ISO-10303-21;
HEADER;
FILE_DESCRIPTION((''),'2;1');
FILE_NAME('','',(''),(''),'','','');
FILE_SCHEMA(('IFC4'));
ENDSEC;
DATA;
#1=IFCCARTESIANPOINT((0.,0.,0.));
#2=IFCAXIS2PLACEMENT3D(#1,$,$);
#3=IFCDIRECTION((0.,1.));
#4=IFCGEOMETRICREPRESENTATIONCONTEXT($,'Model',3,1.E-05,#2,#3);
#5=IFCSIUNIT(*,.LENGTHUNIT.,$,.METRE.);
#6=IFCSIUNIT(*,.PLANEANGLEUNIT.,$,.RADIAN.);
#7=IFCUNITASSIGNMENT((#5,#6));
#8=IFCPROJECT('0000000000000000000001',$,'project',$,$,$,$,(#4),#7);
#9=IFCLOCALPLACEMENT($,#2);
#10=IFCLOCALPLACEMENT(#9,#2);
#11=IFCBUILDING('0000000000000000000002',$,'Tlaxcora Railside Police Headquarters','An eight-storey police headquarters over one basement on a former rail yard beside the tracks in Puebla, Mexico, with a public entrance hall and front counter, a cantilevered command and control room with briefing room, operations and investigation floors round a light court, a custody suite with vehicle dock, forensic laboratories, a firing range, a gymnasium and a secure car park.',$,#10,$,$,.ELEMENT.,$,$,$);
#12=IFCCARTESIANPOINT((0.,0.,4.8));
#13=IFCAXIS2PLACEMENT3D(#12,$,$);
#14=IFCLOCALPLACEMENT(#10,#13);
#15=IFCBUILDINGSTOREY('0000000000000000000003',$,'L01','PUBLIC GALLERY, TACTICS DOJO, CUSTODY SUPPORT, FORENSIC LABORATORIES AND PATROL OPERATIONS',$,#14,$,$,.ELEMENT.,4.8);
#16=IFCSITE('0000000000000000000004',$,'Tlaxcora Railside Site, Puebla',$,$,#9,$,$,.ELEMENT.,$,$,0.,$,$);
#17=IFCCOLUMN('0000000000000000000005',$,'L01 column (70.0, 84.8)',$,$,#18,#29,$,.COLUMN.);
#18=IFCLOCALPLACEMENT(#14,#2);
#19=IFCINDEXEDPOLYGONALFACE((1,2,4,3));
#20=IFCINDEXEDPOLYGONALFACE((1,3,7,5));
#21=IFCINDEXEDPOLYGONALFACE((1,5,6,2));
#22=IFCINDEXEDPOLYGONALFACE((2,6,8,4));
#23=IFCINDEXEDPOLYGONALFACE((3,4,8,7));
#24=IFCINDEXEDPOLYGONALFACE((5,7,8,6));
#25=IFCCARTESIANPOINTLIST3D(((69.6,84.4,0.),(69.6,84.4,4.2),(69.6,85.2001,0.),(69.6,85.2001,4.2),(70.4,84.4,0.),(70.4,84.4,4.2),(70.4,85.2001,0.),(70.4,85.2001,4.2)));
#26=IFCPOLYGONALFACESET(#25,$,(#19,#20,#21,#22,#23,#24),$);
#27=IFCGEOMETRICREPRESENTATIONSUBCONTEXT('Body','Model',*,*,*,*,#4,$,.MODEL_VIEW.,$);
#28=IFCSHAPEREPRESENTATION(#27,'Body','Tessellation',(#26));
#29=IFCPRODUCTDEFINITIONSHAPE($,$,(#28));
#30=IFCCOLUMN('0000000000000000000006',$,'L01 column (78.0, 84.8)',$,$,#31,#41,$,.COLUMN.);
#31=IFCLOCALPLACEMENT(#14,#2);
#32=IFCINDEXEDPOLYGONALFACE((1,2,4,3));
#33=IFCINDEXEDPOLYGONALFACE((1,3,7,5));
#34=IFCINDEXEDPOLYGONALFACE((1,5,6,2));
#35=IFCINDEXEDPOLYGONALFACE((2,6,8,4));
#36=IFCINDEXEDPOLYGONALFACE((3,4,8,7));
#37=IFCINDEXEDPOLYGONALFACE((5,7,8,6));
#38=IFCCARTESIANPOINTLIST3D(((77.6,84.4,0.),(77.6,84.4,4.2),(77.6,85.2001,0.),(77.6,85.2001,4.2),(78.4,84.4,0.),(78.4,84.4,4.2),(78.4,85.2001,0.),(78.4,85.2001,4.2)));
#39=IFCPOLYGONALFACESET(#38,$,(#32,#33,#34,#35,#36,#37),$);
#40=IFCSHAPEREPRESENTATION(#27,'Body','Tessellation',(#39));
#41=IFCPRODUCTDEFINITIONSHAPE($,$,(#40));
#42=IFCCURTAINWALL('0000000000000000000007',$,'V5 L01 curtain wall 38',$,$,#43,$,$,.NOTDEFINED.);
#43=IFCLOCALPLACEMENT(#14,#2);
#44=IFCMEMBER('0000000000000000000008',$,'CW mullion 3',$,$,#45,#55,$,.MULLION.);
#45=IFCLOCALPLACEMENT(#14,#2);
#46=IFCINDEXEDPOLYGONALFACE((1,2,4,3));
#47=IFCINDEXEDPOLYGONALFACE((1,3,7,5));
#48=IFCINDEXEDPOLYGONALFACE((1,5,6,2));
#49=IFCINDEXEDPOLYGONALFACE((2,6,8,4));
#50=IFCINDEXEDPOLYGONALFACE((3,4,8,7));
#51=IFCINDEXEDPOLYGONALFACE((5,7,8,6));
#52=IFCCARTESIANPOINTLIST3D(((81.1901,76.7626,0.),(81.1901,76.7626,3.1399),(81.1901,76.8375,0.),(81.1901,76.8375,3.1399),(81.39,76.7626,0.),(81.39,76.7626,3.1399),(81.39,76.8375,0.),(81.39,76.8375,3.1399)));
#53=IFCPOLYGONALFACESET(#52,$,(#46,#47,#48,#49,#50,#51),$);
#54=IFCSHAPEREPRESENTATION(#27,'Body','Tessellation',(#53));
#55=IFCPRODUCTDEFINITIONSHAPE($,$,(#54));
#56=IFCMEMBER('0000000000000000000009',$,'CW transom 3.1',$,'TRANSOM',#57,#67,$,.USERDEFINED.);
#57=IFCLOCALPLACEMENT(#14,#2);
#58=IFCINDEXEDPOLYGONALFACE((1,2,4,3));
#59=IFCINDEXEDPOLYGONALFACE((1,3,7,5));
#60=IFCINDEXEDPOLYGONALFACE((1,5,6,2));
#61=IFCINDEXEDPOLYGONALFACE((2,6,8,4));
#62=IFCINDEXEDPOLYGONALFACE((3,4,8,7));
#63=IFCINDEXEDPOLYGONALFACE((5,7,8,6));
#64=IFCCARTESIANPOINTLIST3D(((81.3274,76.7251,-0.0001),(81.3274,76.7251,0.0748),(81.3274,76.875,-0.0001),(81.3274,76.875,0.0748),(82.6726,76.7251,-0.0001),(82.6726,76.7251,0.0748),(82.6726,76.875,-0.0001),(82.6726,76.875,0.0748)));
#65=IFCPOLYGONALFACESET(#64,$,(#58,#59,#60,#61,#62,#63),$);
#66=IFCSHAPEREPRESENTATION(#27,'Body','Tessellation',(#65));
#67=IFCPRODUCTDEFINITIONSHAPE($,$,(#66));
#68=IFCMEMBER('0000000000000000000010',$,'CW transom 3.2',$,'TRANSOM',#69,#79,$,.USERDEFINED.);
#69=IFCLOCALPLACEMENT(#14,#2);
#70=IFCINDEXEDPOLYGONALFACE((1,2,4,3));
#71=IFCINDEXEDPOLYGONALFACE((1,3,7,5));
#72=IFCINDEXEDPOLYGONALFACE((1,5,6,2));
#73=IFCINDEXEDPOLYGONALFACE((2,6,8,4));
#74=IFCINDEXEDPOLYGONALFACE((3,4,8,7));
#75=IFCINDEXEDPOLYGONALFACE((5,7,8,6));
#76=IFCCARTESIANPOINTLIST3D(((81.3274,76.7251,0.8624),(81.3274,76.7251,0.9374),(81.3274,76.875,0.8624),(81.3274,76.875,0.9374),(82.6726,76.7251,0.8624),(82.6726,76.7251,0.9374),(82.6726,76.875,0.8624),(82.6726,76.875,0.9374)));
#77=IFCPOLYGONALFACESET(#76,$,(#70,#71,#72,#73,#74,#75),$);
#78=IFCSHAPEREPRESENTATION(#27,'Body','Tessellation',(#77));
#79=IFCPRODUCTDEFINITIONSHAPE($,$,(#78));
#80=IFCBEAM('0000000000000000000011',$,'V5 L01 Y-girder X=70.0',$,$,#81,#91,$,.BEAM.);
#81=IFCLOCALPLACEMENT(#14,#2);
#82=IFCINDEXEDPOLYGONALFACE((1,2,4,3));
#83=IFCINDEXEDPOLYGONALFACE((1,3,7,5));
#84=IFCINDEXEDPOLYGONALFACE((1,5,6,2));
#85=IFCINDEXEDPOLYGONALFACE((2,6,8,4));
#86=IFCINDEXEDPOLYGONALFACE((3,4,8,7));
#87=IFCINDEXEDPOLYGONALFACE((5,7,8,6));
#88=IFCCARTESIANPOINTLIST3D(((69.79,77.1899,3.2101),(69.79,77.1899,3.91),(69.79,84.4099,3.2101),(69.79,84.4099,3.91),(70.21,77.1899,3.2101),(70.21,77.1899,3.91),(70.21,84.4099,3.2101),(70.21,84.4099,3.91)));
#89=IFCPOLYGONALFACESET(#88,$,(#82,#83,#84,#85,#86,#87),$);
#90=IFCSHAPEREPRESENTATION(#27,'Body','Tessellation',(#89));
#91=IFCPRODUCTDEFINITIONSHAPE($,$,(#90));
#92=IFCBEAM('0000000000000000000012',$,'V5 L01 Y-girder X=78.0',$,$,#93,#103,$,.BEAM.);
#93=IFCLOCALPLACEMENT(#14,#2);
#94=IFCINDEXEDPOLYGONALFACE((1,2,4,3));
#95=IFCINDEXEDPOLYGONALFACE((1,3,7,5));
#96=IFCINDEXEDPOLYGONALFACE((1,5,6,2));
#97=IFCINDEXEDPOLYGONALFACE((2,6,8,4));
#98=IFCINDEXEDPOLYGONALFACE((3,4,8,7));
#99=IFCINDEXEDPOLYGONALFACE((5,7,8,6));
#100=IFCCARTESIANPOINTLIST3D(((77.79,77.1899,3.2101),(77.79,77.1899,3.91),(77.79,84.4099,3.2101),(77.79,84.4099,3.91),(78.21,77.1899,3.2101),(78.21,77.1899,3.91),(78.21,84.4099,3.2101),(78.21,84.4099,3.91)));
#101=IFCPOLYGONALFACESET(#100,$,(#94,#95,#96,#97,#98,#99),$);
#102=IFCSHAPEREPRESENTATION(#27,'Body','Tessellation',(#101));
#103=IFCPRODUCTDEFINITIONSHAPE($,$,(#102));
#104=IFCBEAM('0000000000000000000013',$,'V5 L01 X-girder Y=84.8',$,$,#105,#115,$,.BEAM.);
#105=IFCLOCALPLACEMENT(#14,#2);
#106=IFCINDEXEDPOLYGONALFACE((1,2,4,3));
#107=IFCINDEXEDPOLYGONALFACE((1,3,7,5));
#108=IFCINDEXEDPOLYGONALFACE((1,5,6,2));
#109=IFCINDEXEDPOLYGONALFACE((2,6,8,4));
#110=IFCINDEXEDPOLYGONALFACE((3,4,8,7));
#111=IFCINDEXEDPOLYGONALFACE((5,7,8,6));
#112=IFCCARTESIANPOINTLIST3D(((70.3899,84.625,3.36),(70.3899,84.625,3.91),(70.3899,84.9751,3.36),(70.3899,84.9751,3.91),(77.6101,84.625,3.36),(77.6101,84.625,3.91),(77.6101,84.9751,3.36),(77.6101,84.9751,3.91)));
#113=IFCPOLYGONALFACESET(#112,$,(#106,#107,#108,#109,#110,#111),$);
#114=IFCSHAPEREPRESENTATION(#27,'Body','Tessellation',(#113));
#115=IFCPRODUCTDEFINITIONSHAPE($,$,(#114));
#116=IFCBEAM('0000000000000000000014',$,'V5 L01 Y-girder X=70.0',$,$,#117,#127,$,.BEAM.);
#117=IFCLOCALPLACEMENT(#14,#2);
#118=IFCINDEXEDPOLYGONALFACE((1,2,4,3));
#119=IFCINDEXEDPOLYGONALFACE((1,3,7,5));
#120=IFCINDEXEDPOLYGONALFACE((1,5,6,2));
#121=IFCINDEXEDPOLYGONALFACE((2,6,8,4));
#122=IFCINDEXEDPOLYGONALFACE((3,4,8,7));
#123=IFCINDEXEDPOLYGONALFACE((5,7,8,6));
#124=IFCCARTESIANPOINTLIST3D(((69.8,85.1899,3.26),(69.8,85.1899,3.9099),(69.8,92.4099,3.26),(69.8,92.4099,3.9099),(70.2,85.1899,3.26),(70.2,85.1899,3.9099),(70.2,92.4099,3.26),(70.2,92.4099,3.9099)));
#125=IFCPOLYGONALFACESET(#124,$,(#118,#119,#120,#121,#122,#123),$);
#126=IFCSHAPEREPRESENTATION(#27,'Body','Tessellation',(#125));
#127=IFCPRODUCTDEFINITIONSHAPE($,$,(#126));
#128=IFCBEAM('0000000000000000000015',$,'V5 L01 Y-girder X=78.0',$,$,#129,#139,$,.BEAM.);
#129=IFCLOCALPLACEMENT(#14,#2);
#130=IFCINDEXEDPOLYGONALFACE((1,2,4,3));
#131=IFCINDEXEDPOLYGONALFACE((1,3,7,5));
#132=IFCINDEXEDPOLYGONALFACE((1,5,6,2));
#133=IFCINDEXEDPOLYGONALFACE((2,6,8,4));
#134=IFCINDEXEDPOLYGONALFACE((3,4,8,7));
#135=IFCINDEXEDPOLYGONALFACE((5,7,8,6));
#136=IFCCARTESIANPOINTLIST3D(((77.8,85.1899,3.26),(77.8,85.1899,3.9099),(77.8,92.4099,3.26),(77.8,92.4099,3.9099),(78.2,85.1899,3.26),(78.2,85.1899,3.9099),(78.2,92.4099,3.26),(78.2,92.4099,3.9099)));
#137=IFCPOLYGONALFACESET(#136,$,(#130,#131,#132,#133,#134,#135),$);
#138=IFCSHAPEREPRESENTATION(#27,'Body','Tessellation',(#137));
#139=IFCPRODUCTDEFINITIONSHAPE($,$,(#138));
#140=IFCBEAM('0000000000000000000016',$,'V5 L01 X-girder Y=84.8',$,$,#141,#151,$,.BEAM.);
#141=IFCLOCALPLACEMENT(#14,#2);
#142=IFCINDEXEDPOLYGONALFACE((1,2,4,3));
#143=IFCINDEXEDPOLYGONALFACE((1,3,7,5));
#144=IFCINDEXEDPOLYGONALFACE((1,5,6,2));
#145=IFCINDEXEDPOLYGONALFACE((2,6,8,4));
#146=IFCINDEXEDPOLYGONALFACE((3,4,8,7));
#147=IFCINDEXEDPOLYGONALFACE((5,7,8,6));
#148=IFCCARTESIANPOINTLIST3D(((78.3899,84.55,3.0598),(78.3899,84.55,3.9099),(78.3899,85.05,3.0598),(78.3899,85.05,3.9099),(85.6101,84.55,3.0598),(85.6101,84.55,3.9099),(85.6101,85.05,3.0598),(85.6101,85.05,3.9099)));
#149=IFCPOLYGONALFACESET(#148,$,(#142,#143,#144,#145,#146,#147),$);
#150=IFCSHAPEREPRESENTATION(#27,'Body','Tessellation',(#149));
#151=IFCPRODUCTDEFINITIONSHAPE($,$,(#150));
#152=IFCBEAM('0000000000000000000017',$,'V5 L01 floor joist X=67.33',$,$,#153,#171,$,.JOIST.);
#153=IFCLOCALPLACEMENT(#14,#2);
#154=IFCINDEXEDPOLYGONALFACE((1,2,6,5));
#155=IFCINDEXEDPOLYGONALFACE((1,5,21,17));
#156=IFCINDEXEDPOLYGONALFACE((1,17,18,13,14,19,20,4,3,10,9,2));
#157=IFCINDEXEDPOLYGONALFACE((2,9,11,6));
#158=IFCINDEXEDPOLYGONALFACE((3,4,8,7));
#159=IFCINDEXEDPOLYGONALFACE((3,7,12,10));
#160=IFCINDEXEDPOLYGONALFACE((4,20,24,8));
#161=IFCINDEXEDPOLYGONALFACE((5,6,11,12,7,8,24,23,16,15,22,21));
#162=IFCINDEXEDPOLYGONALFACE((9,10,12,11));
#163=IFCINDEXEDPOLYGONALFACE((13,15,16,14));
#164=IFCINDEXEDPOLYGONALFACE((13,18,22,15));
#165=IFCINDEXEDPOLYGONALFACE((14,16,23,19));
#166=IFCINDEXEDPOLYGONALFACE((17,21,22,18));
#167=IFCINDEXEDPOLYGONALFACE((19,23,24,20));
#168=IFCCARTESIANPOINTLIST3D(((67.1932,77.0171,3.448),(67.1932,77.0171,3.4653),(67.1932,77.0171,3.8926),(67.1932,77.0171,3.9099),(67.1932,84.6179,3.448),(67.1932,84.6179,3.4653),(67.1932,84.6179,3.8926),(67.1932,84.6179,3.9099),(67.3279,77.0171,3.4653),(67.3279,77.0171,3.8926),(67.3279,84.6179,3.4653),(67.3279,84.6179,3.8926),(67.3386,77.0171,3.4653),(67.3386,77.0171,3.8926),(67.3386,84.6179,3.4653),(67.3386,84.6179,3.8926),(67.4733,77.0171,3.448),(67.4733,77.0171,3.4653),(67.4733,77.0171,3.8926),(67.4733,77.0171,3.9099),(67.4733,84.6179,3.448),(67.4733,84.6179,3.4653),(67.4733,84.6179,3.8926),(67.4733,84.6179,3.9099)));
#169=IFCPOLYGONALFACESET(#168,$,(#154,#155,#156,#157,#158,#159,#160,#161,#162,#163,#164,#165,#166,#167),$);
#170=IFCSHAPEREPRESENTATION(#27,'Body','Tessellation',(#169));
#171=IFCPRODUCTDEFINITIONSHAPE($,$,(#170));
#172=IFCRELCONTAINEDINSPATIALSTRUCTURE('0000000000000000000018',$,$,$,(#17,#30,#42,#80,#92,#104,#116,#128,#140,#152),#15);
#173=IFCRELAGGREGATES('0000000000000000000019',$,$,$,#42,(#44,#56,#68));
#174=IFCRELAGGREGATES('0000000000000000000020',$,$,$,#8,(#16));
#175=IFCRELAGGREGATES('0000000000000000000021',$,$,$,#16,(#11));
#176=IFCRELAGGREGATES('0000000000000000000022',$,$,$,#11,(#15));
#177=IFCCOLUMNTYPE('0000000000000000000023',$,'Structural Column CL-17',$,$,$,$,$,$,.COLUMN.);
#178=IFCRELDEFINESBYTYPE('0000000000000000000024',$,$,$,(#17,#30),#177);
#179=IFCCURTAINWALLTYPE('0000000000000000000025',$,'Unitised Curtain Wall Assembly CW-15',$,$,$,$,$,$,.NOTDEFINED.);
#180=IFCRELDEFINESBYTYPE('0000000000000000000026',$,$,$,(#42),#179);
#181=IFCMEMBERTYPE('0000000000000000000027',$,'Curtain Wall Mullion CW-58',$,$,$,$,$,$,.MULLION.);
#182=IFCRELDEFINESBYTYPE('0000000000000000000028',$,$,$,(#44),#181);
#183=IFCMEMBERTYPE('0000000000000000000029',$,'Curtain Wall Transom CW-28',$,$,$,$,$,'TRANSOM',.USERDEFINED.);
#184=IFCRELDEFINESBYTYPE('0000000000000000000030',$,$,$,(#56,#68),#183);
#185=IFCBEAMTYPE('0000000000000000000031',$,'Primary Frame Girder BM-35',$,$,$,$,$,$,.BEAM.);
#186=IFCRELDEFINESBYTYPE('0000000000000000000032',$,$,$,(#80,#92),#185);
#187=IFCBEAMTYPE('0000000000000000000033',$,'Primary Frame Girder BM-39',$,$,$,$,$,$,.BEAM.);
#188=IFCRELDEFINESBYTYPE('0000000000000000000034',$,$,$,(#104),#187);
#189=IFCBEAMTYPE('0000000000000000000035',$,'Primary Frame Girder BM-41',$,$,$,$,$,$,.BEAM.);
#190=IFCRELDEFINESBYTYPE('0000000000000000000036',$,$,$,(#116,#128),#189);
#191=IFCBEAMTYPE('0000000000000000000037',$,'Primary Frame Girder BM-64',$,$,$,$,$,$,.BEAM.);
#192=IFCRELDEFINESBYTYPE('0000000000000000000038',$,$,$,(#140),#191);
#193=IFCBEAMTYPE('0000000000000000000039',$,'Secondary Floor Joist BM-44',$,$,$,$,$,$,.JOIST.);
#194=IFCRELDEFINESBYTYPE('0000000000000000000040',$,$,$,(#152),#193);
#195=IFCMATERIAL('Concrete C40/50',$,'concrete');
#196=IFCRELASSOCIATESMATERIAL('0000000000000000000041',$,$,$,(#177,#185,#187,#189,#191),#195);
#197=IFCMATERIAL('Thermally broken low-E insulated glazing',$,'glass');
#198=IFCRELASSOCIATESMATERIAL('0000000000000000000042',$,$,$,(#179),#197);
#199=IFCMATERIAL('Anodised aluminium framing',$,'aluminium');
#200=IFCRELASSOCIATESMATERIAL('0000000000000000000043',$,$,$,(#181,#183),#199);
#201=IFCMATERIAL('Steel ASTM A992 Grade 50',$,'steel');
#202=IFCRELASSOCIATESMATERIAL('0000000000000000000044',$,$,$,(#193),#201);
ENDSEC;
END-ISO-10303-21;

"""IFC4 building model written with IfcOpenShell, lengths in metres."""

from ifc_helpers import new_model, si_unit, direction, frame, origin, origin_2d, place, context, subcontext, project, spatial, rectangle, i_section, extrude, material, material_profile, profile_set, type_object, element, aggregate, save


model = new_model("IFC4")

# Units and contexts
model_context = context("Model", 3, precision=1e-05, world=origin(), true_north=direction((0.0, 1.0)))
body_context = subcontext(model_context, "Body", "Model", "MODEL_VIEW")
ifc_project = project(units=[si_unit("LENGTHUNIT", "METRE"), si_unit("PLANEANGLEUNIT", "RADIAN")], contexts=[model_context])

# Site, building, storey
site_placement = place(None, origin())
site = spatial("IfcSite", under=ifc_project, at=site_placement, Name="Tlaxcora Railside Site, Puebla", CompositionType="ELEMENT", RefElevation=0.0)
building_placement = place(site_placement, origin())
building = spatial("IfcBuilding", under=site, at=building_placement, Name="Tlaxcora Railside Police Headquarters", Description="An eight-storey police headquarters over one basement on a former rail yard beside the tracks in Puebla, Mexico, with a public entrance hall and front counter, a cantilevered command and control room with briefing room, operations and investigation floors round a light court, a custody suite with vehicle dock, forensic laboratories, a firing range, a gymnasium and a secure car park.", CompositionType="ELEMENT")
storey_placement = place(building_placement, frame((0.0, 0.0, 4.8)))
storey = spatial("IfcBuildingStorey", under=building, at=storey_placement, Name="L01", Description="PUBLIC GALLERY, TACTICS DOJO, CUSTODY SUPPORT, FORENSIC LABORATORIES AND PATROL OPERATIONS", CompositionType="ELEMENT", Elevation=4.8)

# Columns
ifc_material_1 = material(Name="Concrete C40/50", Category="concrete")
ifc_material_profile_1 = material_profile(ifc_material_1, rectangle(XDim=0.8, YDim=0.8, at=origin_2d()), Name="RC800X800")
ifc_profile_set_1 = profile_set([ifc_material_profile_1], Name="Concrete C40/50")
column_type = type_object("IfcColumnType", Name="Structural Column CL-17", PredefinedType="COLUMN", material=ifc_profile_set_1)
for number, where, z_axis, x_axis, name in (
    (1, (70.0, 84.8, 0.0), (0.0, 0.0, 1.0), (1.0, 0.0, 0.0), "L01 column (70.0, 84.8)"),
    (2, (78.0, 84.8, 0.0), (0.0, 0.0, 1.0), (1.0, 0.0, 0.0), "L01 column (78.0, 84.8)"),
):
    element("IfcColumn", number, at=place(storey_placement, frame(where, z_axis=z_axis, x_axis=x_axis)), inside=storey, type_object=column_type, Name=name, PredefinedType="COLUMN", context=body_context, shape_type="SweptSolid", body=[
        extrude(rectangle(XDim=0.8, YDim=0.8, at=origin_2d()), origin(), (0.0, 0.0, 1.0), 4.2),
    ])

# Curtain wall, members
ifc_material_2 = material(Name="Thermally broken low-E insulated glazing", Category="glass")
curtain_wall_type = type_object("IfcCurtainWallType", Name="Unitised Curtain Wall Assembly CW-15", PredefinedType="NOTDEFINED", material=ifc_material_2)
curtain_wall_placement = place(storey_placement, origin())
curtain_wall = element("IfcCurtainWall", 3, at=curtain_wall_placement, inside=storey, type_object=curtain_wall_type, Name="V5 L01 curtain wall 38", PredefinedType="NOTDEFINED")
ifc_material_3 = material(Name="Anodised aluminium framing", Category="aluminium")
ifc_material_profile_2 = material_profile(ifc_material_3, rectangle(XDim=0.075, YDim=0.2, at=origin_2d()), Name="AL75X200")
ifc_profile_set_2 = profile_set([ifc_material_profile_2], Name="Anodised aluminium framing")
member_type_1 = type_object("IfcMemberType", Name="Curtain Wall Mullion CW-58", PredefinedType="MULLION", material=ifc_profile_set_2)
member_1_placement = place(storey_placement, frame((81.29, 76.8, 0.0), z_axis=(0.0, 0.0, 1.0), x_axis=(0.0, 1.0, 0.0)))
member_1 = element("IfcMember", 4, at=member_1_placement, type_object=member_type_1, Name="CW mullion 3", PredefinedType="MULLION", context=body_context, shape_type="SweptSolid", body=[
    extrude(rectangle(XDim=0.075, YDim=0.2, at=origin_2d()), origin(), (0.0, 0.0, 1.0), 3.1399),
])
ifc_material_profile_3 = material_profile(ifc_material_3, rectangle(XDim=0.1499, YDim=0.075, at=origin_2d()), Name="AL75X150")
ifc_profile_set_3 = profile_set([ifc_material_profile_3], Name="Anodised aluminium framing")
member_type_2 = type_object("IfcMemberType", Name="Curtain Wall Transom CW-28", ElementType="TRANSOM", PredefinedType="USERDEFINED", material=ifc_profile_set_3)
member_2_placement = place(storey_placement, frame((81.3274, 76.8, 0.0374), z_axis=(1.0, 0.0, 0.0), x_axis=(0.0, 1.0, 0.0)))
member_2 = element("IfcMember", 5, at=member_2_placement, type_object=member_type_2, Name="CW transom 3.1", ObjectType="TRANSOM", PredefinedType="USERDEFINED", context=body_context, shape_type="SweptSolid", body=[
    extrude(rectangle(XDim=0.1499, YDim=0.075, at=origin_2d()), origin(), (0.0, 0.0, 1.0), 1.3452),
])
member_3_placement = place(storey_placement, frame((81.3274, 76.8, 0.8999), z_axis=(1.0, 0.0, 0.0), x_axis=(0.0, 1.0, 0.0)))
member_3 = element("IfcMember", 6, at=member_3_placement, type_object=member_type_2, Name="CW transom 3.2", ObjectType="TRANSOM", PredefinedType="USERDEFINED", context=body_context, shape_type="SweptSolid", body=[
    extrude(rectangle(XDim=0.1499, YDim=0.075, at=origin_2d()), origin(), (0.0, 0.0, 1.0), 1.3452),
])
aggregate(curtain_wall, [member_1, member_2, member_3])

# Beams
ifc_material_profile_4 = material_profile(ifc_material_1, rectangle(XDim=0.4199, YDim=0.7, at=origin_2d()), Name="RC420X700")
ifc_profile_set_4 = profile_set([ifc_material_profile_4], Name="Concrete C40/50")
beam_type_1 = type_object("IfcBeamType", Name="Primary Frame Girder BM-35", PredefinedType="BEAM", material=ifc_profile_set_4)
for number, where, z_axis, x_axis, name in (
    (7, (70.0, 77.1899, 3.5601), (0.0, 1.0, 0.0), (-1.0, 0.0, 0.0), "V5 L01 Y-girder X=70.0"),
    (8, (78.0, 77.1899, 3.5601), (0.0, 1.0, 0.0), (-1.0, 0.0, 0.0), "V5 L01 Y-girder X=78.0"),
):
    element("IfcBeam", number, at=place(storey_placement, frame(where, z_axis=z_axis, x_axis=x_axis)), inside=storey, type_object=beam_type_1, Name=name, PredefinedType="BEAM", context=body_context, shape_type="SweptSolid", body=[
        extrude(rectangle(XDim=0.4199, YDim=0.7, at=origin_2d()), origin(), (0.0, 0.0, 1.0), 7.22),
    ])
ifc_material_profile_5 = material_profile(ifc_material_1, rectangle(XDim=0.3501, YDim=0.55, at=origin_2d()), Name="RC350X550")
ifc_profile_set_5 = profile_set([ifc_material_profile_5], Name="Concrete C40/50")
beam_type_2 = type_object("IfcBeamType", Name="Primary Frame Girder BM-39", PredefinedType="BEAM", material=ifc_profile_set_5)
beam_1_placement = place(storey_placement, frame((70.3899, 84.8, 3.635), z_axis=(1.0, 0.0, 0.0), x_axis=(0.0, 1.0, 0.0)))
element("IfcBeam", 9, at=beam_1_placement, inside=storey, type_object=beam_type_2, Name="V5 L01 X-girder Y=84.8", PredefinedType="BEAM", context=body_context, shape_type="SweptSolid", body=[
    extrude(rectangle(XDim=0.3501, YDim=0.55, at=origin_2d()), origin(), (0.0, 0.0, 1.0), 7.2202),
])
ifc_material_profile_6 = material_profile(ifc_material_1, rectangle(XDim=0.3999, YDim=0.6499, at=origin_2d()), Name="RC400X650")
ifc_profile_set_6 = profile_set([ifc_material_profile_6], Name="Concrete C40/50")
beam_type_3 = type_object("IfcBeamType", Name="Primary Frame Girder BM-41", PredefinedType="BEAM", material=ifc_profile_set_6)
for number, where, z_axis, x_axis, name in (
    (10, (70.0, 85.1899, 3.585), (0.0, 1.0, 0.0), (-1.0, 0.0, 0.0), "V5 L01 Y-girder X=70.0"),
    (11, (78.0, 85.1899, 3.585), (0.0, 1.0, 0.0), (-1.0, 0.0, 0.0), "V5 L01 Y-girder X=78.0"),
):
    element("IfcBeam", number, at=place(storey_placement, frame(where, z_axis=z_axis, x_axis=x_axis)), inside=storey, type_object=beam_type_3, Name=name, PredefinedType="BEAM", context=body_context, shape_type="SweptSolid", body=[
        extrude(rectangle(XDim=0.3999, YDim=0.6499, at=origin_2d()), origin(), (0.0, 0.0, 1.0), 7.22),
    ])
ifc_material_profile_7 = material_profile(ifc_material_1, rectangle(XDim=0.5, YDim=0.8501, at=origin_2d()), Name="RC500X850")
ifc_profile_set_7 = profile_set([ifc_material_profile_7], Name="Concrete C40/50")
beam_type_4 = type_object("IfcBeamType", Name="Primary Frame Girder BM-64", PredefinedType="BEAM", material=ifc_profile_set_7)
beam_2_placement = place(storey_placement, frame((78.3899, 84.8, 3.4849), z_axis=(1.0, 0.0, 0.0), x_axis=(0.0, 1.0, 0.0)))
element("IfcBeam", 12, at=beam_2_placement, inside=storey, type_object=beam_type_4, Name="V5 L01 X-girder Y=84.8", PredefinedType="BEAM", context=body_context, shape_type="SweptSolid", body=[
    extrude(rectangle(XDim=0.5, YDim=0.8501, at=origin_2d()), origin(), (0.0, 0.0, 1.0), 7.2202),
])
ifc_material_4 = material(Name="Steel ASTM A992 Grade 50", Category="steel")
ifc_material_profile_8 = material_profile(ifc_material_4, i_section(OverallWidth=0.28, OverallDepth=0.4619, WebThickness=0.0107, FlangeThickness=0.0173, at=origin_2d()), Name="W18X76")
ifc_profile_set_8 = profile_set([ifc_material_profile_8], Name="Steel ASTM A992 Grade 50")
beam_type_5 = type_object("IfcBeamType", Name="Secondary Floor Joist BM-44", PredefinedType="JOIST", material=ifc_profile_set_8)
beam_3_placement = place(storey_placement, frame((67.3333, 77.0171, 3.679), z_axis=(0.0, 1.0, 0.0), x_axis=(-1.0, 0.0, 0.0)))
element("IfcBeam", 13, at=beam_3_placement, inside=storey, type_object=beam_type_5, Name="V5 L01 floor joist X=67.33", PredefinedType="JOIST", context=body_context, shape_type="SweptSolid", body=[
    extrude(i_section(OverallWidth=0.28, OverallDepth=0.4619, WebThickness=0.0107, FlangeThickness=0.0173, at=origin_2d()), origin(), (0.0, 0.0, 1.0), 7.6008),
])

save(model, "model.ifc")
